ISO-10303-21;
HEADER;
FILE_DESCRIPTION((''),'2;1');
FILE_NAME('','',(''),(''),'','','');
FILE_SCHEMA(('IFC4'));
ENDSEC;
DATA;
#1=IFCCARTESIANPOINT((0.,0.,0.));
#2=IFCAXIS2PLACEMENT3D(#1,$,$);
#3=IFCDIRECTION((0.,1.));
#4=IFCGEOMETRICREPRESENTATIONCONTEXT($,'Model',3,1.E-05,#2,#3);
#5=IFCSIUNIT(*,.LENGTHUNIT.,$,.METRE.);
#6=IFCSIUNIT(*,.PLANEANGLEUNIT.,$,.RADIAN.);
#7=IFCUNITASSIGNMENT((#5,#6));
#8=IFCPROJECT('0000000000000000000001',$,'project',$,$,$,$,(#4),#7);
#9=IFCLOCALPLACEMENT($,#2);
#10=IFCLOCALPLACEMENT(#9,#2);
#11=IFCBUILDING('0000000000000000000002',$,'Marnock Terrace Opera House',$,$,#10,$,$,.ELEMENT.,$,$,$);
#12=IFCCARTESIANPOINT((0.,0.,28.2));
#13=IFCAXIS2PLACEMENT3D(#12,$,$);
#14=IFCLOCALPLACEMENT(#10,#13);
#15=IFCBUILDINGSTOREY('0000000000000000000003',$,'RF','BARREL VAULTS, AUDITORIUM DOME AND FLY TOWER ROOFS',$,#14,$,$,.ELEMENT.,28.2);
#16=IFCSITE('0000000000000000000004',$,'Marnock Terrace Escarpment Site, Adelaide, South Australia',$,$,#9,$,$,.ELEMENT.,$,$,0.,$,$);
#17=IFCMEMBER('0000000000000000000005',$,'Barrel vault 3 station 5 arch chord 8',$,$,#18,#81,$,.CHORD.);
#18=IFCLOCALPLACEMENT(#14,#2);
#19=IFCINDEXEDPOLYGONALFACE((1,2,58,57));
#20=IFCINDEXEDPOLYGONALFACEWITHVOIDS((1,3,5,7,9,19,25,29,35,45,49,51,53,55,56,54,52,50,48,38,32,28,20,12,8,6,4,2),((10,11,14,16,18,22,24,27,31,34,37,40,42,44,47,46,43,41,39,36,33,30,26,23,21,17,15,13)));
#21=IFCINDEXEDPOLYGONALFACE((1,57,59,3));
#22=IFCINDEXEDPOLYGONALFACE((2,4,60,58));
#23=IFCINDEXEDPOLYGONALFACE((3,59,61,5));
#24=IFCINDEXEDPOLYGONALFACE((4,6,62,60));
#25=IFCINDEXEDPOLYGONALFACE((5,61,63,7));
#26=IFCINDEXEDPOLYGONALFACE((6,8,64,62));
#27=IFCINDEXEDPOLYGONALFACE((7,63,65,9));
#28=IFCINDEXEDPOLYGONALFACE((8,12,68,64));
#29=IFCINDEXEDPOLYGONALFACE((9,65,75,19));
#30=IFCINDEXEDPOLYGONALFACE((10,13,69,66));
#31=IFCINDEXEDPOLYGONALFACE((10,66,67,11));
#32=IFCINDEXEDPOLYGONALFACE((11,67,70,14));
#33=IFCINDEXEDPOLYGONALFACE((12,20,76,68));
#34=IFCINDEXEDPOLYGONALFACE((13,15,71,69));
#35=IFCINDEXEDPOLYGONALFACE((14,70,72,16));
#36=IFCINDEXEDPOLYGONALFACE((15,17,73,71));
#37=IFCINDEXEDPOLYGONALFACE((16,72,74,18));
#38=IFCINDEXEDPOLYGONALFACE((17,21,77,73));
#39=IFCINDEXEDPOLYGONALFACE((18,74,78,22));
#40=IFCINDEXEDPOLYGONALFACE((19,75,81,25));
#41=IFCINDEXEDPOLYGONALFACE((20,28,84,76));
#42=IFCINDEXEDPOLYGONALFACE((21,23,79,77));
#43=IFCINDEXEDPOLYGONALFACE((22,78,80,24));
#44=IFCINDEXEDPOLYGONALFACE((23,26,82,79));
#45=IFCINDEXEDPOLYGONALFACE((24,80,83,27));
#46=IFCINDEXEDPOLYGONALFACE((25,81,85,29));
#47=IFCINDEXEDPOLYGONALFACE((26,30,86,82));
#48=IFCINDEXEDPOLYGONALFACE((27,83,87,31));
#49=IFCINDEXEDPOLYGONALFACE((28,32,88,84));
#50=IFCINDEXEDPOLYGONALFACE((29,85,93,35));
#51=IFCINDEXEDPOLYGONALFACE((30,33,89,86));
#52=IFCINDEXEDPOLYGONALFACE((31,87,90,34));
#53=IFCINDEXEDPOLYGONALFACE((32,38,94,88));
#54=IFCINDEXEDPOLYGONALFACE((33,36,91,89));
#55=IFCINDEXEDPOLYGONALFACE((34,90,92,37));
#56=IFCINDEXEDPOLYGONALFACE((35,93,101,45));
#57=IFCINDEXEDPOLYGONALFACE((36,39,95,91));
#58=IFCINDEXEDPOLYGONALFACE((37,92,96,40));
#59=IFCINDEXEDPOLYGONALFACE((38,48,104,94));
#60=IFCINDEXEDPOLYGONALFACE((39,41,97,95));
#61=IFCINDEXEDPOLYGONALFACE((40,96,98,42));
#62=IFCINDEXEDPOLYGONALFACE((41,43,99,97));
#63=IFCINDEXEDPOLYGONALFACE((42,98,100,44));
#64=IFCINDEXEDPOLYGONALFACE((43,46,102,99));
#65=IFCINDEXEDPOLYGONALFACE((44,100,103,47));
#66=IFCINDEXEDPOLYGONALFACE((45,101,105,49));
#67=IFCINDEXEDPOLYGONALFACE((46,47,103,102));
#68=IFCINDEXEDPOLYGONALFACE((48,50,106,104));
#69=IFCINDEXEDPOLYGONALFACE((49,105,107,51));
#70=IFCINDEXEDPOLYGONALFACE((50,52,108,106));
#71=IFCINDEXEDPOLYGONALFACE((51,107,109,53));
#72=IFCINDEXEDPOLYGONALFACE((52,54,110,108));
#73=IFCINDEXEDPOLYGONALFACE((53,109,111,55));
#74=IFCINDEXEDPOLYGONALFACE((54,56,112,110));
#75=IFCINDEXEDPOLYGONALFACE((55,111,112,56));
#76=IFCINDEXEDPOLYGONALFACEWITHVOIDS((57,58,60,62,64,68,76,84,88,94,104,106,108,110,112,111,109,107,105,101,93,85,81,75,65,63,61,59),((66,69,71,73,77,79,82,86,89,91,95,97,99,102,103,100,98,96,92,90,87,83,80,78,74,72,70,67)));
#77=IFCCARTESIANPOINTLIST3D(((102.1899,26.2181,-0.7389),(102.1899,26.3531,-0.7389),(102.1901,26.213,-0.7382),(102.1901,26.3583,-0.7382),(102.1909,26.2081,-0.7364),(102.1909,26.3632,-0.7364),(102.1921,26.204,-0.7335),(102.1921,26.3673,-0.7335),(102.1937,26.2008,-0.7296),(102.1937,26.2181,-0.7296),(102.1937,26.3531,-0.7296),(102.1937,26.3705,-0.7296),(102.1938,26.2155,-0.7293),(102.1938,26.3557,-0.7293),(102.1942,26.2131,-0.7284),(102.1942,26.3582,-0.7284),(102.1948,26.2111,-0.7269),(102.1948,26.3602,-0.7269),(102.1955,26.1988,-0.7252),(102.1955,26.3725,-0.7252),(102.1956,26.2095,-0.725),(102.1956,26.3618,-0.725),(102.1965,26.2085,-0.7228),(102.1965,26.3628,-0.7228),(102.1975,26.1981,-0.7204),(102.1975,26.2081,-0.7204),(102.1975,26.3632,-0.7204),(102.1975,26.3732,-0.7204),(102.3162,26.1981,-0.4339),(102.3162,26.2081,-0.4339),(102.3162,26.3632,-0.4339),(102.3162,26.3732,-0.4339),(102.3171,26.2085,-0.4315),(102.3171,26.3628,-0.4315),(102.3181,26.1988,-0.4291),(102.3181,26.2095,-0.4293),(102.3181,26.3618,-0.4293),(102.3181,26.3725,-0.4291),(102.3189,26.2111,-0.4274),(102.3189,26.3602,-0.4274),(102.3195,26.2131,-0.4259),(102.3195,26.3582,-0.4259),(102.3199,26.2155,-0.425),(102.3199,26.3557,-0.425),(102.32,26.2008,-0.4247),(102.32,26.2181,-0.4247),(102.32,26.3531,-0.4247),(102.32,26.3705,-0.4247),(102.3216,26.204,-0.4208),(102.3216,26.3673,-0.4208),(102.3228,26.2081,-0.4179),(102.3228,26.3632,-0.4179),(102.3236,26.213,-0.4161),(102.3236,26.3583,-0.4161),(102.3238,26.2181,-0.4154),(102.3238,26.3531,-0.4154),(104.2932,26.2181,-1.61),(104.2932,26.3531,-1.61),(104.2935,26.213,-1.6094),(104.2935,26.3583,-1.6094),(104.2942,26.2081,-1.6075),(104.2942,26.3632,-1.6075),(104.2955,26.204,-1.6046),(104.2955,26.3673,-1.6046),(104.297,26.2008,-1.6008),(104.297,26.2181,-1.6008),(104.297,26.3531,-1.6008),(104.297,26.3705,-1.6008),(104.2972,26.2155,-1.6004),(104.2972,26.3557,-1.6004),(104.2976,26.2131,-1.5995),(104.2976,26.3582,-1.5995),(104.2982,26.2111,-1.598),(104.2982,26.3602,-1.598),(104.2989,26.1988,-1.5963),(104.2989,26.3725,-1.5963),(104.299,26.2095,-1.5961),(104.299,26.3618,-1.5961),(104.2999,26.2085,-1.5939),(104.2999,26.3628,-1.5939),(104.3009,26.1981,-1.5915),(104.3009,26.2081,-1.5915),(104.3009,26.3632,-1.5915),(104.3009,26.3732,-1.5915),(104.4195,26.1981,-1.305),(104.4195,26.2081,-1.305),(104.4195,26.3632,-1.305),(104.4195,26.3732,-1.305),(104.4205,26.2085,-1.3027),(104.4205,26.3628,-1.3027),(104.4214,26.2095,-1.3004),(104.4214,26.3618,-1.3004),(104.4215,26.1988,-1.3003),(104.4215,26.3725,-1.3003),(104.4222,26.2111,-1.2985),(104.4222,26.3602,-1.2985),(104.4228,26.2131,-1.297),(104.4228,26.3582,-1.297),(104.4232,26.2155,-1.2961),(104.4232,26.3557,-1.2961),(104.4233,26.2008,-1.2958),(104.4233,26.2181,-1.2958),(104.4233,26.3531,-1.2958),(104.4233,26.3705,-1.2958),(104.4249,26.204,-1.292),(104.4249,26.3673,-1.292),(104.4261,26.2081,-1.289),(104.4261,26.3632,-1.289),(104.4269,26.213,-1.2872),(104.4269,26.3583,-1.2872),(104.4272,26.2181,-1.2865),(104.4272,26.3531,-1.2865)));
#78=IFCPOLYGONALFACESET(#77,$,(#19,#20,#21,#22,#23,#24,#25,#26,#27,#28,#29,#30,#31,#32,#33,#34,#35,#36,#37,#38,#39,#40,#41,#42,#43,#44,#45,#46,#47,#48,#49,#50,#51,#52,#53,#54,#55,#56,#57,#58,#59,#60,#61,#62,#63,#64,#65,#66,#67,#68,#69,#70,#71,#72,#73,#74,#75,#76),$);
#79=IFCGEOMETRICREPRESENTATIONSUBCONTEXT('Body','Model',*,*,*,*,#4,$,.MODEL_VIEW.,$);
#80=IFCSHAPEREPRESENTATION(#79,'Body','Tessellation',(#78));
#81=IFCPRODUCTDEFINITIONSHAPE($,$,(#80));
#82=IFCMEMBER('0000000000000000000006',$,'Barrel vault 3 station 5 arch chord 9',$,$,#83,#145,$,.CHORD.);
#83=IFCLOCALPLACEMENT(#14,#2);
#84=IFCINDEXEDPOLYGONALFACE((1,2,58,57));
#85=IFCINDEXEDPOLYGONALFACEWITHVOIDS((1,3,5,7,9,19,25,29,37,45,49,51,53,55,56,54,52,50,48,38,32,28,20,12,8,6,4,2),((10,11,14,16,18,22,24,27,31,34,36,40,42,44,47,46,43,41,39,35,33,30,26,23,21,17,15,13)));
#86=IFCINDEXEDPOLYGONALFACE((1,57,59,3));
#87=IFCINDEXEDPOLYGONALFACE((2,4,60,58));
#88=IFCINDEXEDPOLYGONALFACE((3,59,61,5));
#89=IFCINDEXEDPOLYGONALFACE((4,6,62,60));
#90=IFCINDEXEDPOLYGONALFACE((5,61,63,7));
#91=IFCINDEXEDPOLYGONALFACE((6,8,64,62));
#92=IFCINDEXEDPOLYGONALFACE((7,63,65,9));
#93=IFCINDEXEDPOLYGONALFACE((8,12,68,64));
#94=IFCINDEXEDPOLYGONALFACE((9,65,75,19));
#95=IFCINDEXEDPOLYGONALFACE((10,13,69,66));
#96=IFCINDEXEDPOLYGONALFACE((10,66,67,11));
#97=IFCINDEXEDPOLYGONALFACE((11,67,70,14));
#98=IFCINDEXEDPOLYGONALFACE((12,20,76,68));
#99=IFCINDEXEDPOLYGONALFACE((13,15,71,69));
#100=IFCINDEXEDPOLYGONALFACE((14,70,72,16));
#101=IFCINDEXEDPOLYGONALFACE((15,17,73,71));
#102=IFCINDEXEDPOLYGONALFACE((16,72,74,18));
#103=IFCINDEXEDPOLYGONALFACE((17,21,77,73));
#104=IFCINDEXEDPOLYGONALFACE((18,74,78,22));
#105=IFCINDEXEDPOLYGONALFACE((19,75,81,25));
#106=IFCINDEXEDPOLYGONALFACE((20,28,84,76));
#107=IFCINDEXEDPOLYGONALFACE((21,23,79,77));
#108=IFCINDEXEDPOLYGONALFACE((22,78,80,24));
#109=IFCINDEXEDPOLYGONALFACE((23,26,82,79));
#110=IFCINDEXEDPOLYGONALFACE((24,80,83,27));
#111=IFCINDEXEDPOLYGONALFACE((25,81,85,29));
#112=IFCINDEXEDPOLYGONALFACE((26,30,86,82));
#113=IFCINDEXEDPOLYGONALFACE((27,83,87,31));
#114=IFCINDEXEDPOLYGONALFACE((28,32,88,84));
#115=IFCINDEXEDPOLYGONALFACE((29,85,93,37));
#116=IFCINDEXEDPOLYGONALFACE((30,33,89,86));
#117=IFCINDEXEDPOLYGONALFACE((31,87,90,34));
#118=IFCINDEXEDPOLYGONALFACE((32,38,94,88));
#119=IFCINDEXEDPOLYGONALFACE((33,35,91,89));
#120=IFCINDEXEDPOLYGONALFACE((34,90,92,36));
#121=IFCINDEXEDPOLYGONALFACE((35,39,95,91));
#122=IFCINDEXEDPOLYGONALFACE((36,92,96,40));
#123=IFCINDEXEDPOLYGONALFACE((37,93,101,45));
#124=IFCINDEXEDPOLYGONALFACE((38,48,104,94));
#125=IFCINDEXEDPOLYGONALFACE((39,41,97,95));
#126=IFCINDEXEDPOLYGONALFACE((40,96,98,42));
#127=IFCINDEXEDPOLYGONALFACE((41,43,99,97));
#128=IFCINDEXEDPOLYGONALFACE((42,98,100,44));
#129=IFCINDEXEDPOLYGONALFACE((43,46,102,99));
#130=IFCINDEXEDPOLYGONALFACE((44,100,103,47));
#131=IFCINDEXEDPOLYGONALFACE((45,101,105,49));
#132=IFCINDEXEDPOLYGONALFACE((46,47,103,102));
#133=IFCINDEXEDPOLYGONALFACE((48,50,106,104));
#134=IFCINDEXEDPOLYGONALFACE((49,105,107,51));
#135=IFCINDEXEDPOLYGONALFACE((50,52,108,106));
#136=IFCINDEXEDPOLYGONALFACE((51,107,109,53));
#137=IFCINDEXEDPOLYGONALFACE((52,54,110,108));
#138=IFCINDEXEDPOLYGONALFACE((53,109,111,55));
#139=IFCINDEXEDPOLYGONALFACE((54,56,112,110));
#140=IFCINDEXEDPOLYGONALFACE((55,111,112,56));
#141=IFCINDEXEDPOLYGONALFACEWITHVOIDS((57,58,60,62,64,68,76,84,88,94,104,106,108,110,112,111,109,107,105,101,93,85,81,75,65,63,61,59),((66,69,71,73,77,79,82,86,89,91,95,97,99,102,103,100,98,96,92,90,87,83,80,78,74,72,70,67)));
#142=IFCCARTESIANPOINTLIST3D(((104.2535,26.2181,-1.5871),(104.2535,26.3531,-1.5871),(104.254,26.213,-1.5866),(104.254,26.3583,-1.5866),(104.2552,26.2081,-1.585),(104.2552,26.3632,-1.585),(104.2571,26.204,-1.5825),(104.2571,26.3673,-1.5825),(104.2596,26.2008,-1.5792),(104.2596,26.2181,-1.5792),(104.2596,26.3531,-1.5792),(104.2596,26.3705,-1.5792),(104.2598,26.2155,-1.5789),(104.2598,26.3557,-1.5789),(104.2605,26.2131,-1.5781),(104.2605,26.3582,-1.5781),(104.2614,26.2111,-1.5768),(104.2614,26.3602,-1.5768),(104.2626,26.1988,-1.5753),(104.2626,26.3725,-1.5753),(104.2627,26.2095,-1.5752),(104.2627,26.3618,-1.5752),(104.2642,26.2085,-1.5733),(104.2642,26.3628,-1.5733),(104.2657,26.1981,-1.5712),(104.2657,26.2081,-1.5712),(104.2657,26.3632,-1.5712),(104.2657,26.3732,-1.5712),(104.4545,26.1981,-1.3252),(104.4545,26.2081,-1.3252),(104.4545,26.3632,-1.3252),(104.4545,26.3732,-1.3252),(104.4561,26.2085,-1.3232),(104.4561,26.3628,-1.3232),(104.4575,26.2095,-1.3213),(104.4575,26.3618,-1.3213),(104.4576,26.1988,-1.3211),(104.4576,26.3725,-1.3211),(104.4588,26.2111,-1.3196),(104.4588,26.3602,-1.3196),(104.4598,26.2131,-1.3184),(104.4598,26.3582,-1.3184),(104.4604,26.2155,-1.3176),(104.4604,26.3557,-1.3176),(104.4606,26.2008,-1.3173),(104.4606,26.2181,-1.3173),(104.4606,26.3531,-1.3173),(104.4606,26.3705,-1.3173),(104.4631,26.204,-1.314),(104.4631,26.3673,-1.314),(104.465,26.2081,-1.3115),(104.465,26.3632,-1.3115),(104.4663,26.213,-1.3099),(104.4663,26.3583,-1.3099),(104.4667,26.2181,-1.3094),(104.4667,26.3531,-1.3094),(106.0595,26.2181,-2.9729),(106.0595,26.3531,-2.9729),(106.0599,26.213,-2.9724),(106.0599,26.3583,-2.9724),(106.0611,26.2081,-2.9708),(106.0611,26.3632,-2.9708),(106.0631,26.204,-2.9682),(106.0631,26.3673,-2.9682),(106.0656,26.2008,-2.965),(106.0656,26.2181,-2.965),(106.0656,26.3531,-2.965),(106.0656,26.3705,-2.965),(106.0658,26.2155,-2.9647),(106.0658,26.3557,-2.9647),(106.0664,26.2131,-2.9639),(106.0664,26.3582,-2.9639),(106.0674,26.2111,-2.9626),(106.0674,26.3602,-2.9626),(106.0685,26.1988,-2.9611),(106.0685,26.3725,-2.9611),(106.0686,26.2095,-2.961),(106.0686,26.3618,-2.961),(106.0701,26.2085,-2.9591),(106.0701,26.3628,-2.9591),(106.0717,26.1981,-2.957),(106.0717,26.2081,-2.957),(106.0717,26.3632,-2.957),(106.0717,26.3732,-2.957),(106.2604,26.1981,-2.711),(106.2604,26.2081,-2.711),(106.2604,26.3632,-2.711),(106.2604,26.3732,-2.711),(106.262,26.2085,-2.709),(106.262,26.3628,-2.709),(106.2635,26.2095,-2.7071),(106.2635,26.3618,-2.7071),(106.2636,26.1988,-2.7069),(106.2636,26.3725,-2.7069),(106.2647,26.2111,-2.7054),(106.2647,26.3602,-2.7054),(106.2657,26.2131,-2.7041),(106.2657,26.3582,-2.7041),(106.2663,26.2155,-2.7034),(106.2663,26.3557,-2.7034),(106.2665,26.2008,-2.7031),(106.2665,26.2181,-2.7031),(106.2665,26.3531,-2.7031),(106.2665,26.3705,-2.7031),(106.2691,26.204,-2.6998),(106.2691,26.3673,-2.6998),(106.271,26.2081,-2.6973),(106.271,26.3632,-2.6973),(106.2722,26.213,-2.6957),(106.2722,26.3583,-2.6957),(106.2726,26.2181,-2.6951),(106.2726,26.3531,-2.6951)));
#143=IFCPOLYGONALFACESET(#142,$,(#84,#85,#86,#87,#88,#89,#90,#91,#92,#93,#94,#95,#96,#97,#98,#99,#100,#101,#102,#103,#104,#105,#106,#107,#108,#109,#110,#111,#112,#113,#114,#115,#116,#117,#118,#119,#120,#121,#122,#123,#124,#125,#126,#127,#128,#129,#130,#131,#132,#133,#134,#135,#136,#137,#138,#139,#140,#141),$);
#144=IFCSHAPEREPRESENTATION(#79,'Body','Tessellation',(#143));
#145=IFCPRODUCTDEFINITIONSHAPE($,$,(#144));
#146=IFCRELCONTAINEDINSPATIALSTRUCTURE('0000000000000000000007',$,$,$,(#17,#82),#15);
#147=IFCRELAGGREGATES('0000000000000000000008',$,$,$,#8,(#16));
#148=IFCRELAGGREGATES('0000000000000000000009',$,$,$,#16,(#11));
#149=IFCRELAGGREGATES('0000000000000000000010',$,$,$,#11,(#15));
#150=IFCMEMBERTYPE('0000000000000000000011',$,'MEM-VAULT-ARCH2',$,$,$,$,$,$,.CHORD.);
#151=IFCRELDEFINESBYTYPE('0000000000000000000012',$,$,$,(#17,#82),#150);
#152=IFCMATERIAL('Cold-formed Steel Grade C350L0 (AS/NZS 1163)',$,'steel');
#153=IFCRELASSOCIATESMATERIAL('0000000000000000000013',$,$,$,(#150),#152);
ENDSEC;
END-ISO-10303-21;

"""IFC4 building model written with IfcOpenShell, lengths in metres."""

from ifc_helpers import new_model, si_unit, direction, frame, origin, origin_2d, place, context, subcontext, project, spatial, hollow_rectangle, extrude, material, material_profile, profile_set, type_object, element, save


model = new_model("IFC4")

# Units and contexts
model_context = context("Model", 3, precision=1e-05, world=origin(), true_north=direction((0.0, 1.0)))
body_context = subcontext(model_context, "Body", "Model", "MODEL_VIEW")
ifc_project = project(units=[si_unit("LENGTHUNIT", "METRE"), si_unit("PLANEANGLEUNIT", "RADIAN")], contexts=[model_context])

# Site, building, storey
site_placement = place(None, origin())
site = spatial("IfcSite", under=ifc_project, at=site_placement, Name="Marnock Terrace Escarpment Site, Adelaide, South Australia", CompositionType="ELEMENT", RefElevation=0.0)
building_placement = place(site_placement, origin())
building = spatial("IfcBuilding", under=site, at=building_placement, Name="Marnock Terrace Opera House", CompositionType="ELEMENT")
storey_placement = place(building_placement, frame((0.0, 0.0, 28.2)))
storey = spatial("IfcBuildingStorey", under=building, at=storey_placement, Name="RF", Description="BARREL VAULTS, AUDITORIUM DOME AND FLY TOWER ROOFS", CompositionType="ELEMENT", Elevation=28.2)

# Members
ifc_material = material(Name="Cold-formed Steel Grade C350L0 (AS/NZS 1163)", Category="steel")
ifc_material_profile_1 = material_profile(ifc_material, hollow_rectangle(XDim=0.175, YDim=0.3501, WallThickness=0.01, InnerFilletRadius=0.01, OuterFilletRadius=0.02, at=origin_2d()))
ifc_profile_set_1 = profile_set([ifc_material_profile_1], Name="Cold-formed Steel Grade C350L0 (AS/NZS 1163)")
member_type_1 = type_object("IfcMemberType", Name="MEM-VAULT-ARCH2", PredefinedType="CHORD", material=ifc_profile_set_1)
member_1_placement = place(storey_placement, frame((102.2568, 26.2856, -0.5771), z_axis=(0.923897, 0.0, -0.382642), x_axis=(0.0, 1.0, 0.0)))
element("IfcMember", 1, at=member_1_placement, inside=storey, type_object=member_type_1, Name="Barrel vault 3 station 5 arch chord 8", PredefinedType="CHORD", context=body_context, shape_type="SweptSolid", body=[
    extrude(hollow_rectangle(XDim=0.175, YDim=0.3501, WallThickness=0.01, InnerFilletRadius=0.01, OuterFilletRadius=0.02, at=origin_2d()), origin(), (0.0, 0.0, 1.0), 2.2766),
])
for number, where, z_axis, x_axis, name in (
    (2, (104.3601, 26.2856, -1.4482), (0.793349, 0.0, -0.608767), (0.0, 1.0, 0.0), "Barrel vault 3 station 5 arch chord 9"),
):
    element("IfcMember", number, at=place(storey_placement, frame(where, z_axis=z_axis, x_axis=x_axis)), inside=storey, type_object=member_type_1, Name=name, PredefinedType="CHORD", context=body_context, shape_type="SweptSolid", body=[
        extrude(hollow_rectangle(XDim=0.175, YDim=0.3501, WallThickness=0.01, InnerFilletRadius=0.01, OuterFilletRadius=0.02, at=origin_2d()), origin(), (0.0, 0.0, 1.0), 2.2764),
    ])

save(model, "model.ifc")
